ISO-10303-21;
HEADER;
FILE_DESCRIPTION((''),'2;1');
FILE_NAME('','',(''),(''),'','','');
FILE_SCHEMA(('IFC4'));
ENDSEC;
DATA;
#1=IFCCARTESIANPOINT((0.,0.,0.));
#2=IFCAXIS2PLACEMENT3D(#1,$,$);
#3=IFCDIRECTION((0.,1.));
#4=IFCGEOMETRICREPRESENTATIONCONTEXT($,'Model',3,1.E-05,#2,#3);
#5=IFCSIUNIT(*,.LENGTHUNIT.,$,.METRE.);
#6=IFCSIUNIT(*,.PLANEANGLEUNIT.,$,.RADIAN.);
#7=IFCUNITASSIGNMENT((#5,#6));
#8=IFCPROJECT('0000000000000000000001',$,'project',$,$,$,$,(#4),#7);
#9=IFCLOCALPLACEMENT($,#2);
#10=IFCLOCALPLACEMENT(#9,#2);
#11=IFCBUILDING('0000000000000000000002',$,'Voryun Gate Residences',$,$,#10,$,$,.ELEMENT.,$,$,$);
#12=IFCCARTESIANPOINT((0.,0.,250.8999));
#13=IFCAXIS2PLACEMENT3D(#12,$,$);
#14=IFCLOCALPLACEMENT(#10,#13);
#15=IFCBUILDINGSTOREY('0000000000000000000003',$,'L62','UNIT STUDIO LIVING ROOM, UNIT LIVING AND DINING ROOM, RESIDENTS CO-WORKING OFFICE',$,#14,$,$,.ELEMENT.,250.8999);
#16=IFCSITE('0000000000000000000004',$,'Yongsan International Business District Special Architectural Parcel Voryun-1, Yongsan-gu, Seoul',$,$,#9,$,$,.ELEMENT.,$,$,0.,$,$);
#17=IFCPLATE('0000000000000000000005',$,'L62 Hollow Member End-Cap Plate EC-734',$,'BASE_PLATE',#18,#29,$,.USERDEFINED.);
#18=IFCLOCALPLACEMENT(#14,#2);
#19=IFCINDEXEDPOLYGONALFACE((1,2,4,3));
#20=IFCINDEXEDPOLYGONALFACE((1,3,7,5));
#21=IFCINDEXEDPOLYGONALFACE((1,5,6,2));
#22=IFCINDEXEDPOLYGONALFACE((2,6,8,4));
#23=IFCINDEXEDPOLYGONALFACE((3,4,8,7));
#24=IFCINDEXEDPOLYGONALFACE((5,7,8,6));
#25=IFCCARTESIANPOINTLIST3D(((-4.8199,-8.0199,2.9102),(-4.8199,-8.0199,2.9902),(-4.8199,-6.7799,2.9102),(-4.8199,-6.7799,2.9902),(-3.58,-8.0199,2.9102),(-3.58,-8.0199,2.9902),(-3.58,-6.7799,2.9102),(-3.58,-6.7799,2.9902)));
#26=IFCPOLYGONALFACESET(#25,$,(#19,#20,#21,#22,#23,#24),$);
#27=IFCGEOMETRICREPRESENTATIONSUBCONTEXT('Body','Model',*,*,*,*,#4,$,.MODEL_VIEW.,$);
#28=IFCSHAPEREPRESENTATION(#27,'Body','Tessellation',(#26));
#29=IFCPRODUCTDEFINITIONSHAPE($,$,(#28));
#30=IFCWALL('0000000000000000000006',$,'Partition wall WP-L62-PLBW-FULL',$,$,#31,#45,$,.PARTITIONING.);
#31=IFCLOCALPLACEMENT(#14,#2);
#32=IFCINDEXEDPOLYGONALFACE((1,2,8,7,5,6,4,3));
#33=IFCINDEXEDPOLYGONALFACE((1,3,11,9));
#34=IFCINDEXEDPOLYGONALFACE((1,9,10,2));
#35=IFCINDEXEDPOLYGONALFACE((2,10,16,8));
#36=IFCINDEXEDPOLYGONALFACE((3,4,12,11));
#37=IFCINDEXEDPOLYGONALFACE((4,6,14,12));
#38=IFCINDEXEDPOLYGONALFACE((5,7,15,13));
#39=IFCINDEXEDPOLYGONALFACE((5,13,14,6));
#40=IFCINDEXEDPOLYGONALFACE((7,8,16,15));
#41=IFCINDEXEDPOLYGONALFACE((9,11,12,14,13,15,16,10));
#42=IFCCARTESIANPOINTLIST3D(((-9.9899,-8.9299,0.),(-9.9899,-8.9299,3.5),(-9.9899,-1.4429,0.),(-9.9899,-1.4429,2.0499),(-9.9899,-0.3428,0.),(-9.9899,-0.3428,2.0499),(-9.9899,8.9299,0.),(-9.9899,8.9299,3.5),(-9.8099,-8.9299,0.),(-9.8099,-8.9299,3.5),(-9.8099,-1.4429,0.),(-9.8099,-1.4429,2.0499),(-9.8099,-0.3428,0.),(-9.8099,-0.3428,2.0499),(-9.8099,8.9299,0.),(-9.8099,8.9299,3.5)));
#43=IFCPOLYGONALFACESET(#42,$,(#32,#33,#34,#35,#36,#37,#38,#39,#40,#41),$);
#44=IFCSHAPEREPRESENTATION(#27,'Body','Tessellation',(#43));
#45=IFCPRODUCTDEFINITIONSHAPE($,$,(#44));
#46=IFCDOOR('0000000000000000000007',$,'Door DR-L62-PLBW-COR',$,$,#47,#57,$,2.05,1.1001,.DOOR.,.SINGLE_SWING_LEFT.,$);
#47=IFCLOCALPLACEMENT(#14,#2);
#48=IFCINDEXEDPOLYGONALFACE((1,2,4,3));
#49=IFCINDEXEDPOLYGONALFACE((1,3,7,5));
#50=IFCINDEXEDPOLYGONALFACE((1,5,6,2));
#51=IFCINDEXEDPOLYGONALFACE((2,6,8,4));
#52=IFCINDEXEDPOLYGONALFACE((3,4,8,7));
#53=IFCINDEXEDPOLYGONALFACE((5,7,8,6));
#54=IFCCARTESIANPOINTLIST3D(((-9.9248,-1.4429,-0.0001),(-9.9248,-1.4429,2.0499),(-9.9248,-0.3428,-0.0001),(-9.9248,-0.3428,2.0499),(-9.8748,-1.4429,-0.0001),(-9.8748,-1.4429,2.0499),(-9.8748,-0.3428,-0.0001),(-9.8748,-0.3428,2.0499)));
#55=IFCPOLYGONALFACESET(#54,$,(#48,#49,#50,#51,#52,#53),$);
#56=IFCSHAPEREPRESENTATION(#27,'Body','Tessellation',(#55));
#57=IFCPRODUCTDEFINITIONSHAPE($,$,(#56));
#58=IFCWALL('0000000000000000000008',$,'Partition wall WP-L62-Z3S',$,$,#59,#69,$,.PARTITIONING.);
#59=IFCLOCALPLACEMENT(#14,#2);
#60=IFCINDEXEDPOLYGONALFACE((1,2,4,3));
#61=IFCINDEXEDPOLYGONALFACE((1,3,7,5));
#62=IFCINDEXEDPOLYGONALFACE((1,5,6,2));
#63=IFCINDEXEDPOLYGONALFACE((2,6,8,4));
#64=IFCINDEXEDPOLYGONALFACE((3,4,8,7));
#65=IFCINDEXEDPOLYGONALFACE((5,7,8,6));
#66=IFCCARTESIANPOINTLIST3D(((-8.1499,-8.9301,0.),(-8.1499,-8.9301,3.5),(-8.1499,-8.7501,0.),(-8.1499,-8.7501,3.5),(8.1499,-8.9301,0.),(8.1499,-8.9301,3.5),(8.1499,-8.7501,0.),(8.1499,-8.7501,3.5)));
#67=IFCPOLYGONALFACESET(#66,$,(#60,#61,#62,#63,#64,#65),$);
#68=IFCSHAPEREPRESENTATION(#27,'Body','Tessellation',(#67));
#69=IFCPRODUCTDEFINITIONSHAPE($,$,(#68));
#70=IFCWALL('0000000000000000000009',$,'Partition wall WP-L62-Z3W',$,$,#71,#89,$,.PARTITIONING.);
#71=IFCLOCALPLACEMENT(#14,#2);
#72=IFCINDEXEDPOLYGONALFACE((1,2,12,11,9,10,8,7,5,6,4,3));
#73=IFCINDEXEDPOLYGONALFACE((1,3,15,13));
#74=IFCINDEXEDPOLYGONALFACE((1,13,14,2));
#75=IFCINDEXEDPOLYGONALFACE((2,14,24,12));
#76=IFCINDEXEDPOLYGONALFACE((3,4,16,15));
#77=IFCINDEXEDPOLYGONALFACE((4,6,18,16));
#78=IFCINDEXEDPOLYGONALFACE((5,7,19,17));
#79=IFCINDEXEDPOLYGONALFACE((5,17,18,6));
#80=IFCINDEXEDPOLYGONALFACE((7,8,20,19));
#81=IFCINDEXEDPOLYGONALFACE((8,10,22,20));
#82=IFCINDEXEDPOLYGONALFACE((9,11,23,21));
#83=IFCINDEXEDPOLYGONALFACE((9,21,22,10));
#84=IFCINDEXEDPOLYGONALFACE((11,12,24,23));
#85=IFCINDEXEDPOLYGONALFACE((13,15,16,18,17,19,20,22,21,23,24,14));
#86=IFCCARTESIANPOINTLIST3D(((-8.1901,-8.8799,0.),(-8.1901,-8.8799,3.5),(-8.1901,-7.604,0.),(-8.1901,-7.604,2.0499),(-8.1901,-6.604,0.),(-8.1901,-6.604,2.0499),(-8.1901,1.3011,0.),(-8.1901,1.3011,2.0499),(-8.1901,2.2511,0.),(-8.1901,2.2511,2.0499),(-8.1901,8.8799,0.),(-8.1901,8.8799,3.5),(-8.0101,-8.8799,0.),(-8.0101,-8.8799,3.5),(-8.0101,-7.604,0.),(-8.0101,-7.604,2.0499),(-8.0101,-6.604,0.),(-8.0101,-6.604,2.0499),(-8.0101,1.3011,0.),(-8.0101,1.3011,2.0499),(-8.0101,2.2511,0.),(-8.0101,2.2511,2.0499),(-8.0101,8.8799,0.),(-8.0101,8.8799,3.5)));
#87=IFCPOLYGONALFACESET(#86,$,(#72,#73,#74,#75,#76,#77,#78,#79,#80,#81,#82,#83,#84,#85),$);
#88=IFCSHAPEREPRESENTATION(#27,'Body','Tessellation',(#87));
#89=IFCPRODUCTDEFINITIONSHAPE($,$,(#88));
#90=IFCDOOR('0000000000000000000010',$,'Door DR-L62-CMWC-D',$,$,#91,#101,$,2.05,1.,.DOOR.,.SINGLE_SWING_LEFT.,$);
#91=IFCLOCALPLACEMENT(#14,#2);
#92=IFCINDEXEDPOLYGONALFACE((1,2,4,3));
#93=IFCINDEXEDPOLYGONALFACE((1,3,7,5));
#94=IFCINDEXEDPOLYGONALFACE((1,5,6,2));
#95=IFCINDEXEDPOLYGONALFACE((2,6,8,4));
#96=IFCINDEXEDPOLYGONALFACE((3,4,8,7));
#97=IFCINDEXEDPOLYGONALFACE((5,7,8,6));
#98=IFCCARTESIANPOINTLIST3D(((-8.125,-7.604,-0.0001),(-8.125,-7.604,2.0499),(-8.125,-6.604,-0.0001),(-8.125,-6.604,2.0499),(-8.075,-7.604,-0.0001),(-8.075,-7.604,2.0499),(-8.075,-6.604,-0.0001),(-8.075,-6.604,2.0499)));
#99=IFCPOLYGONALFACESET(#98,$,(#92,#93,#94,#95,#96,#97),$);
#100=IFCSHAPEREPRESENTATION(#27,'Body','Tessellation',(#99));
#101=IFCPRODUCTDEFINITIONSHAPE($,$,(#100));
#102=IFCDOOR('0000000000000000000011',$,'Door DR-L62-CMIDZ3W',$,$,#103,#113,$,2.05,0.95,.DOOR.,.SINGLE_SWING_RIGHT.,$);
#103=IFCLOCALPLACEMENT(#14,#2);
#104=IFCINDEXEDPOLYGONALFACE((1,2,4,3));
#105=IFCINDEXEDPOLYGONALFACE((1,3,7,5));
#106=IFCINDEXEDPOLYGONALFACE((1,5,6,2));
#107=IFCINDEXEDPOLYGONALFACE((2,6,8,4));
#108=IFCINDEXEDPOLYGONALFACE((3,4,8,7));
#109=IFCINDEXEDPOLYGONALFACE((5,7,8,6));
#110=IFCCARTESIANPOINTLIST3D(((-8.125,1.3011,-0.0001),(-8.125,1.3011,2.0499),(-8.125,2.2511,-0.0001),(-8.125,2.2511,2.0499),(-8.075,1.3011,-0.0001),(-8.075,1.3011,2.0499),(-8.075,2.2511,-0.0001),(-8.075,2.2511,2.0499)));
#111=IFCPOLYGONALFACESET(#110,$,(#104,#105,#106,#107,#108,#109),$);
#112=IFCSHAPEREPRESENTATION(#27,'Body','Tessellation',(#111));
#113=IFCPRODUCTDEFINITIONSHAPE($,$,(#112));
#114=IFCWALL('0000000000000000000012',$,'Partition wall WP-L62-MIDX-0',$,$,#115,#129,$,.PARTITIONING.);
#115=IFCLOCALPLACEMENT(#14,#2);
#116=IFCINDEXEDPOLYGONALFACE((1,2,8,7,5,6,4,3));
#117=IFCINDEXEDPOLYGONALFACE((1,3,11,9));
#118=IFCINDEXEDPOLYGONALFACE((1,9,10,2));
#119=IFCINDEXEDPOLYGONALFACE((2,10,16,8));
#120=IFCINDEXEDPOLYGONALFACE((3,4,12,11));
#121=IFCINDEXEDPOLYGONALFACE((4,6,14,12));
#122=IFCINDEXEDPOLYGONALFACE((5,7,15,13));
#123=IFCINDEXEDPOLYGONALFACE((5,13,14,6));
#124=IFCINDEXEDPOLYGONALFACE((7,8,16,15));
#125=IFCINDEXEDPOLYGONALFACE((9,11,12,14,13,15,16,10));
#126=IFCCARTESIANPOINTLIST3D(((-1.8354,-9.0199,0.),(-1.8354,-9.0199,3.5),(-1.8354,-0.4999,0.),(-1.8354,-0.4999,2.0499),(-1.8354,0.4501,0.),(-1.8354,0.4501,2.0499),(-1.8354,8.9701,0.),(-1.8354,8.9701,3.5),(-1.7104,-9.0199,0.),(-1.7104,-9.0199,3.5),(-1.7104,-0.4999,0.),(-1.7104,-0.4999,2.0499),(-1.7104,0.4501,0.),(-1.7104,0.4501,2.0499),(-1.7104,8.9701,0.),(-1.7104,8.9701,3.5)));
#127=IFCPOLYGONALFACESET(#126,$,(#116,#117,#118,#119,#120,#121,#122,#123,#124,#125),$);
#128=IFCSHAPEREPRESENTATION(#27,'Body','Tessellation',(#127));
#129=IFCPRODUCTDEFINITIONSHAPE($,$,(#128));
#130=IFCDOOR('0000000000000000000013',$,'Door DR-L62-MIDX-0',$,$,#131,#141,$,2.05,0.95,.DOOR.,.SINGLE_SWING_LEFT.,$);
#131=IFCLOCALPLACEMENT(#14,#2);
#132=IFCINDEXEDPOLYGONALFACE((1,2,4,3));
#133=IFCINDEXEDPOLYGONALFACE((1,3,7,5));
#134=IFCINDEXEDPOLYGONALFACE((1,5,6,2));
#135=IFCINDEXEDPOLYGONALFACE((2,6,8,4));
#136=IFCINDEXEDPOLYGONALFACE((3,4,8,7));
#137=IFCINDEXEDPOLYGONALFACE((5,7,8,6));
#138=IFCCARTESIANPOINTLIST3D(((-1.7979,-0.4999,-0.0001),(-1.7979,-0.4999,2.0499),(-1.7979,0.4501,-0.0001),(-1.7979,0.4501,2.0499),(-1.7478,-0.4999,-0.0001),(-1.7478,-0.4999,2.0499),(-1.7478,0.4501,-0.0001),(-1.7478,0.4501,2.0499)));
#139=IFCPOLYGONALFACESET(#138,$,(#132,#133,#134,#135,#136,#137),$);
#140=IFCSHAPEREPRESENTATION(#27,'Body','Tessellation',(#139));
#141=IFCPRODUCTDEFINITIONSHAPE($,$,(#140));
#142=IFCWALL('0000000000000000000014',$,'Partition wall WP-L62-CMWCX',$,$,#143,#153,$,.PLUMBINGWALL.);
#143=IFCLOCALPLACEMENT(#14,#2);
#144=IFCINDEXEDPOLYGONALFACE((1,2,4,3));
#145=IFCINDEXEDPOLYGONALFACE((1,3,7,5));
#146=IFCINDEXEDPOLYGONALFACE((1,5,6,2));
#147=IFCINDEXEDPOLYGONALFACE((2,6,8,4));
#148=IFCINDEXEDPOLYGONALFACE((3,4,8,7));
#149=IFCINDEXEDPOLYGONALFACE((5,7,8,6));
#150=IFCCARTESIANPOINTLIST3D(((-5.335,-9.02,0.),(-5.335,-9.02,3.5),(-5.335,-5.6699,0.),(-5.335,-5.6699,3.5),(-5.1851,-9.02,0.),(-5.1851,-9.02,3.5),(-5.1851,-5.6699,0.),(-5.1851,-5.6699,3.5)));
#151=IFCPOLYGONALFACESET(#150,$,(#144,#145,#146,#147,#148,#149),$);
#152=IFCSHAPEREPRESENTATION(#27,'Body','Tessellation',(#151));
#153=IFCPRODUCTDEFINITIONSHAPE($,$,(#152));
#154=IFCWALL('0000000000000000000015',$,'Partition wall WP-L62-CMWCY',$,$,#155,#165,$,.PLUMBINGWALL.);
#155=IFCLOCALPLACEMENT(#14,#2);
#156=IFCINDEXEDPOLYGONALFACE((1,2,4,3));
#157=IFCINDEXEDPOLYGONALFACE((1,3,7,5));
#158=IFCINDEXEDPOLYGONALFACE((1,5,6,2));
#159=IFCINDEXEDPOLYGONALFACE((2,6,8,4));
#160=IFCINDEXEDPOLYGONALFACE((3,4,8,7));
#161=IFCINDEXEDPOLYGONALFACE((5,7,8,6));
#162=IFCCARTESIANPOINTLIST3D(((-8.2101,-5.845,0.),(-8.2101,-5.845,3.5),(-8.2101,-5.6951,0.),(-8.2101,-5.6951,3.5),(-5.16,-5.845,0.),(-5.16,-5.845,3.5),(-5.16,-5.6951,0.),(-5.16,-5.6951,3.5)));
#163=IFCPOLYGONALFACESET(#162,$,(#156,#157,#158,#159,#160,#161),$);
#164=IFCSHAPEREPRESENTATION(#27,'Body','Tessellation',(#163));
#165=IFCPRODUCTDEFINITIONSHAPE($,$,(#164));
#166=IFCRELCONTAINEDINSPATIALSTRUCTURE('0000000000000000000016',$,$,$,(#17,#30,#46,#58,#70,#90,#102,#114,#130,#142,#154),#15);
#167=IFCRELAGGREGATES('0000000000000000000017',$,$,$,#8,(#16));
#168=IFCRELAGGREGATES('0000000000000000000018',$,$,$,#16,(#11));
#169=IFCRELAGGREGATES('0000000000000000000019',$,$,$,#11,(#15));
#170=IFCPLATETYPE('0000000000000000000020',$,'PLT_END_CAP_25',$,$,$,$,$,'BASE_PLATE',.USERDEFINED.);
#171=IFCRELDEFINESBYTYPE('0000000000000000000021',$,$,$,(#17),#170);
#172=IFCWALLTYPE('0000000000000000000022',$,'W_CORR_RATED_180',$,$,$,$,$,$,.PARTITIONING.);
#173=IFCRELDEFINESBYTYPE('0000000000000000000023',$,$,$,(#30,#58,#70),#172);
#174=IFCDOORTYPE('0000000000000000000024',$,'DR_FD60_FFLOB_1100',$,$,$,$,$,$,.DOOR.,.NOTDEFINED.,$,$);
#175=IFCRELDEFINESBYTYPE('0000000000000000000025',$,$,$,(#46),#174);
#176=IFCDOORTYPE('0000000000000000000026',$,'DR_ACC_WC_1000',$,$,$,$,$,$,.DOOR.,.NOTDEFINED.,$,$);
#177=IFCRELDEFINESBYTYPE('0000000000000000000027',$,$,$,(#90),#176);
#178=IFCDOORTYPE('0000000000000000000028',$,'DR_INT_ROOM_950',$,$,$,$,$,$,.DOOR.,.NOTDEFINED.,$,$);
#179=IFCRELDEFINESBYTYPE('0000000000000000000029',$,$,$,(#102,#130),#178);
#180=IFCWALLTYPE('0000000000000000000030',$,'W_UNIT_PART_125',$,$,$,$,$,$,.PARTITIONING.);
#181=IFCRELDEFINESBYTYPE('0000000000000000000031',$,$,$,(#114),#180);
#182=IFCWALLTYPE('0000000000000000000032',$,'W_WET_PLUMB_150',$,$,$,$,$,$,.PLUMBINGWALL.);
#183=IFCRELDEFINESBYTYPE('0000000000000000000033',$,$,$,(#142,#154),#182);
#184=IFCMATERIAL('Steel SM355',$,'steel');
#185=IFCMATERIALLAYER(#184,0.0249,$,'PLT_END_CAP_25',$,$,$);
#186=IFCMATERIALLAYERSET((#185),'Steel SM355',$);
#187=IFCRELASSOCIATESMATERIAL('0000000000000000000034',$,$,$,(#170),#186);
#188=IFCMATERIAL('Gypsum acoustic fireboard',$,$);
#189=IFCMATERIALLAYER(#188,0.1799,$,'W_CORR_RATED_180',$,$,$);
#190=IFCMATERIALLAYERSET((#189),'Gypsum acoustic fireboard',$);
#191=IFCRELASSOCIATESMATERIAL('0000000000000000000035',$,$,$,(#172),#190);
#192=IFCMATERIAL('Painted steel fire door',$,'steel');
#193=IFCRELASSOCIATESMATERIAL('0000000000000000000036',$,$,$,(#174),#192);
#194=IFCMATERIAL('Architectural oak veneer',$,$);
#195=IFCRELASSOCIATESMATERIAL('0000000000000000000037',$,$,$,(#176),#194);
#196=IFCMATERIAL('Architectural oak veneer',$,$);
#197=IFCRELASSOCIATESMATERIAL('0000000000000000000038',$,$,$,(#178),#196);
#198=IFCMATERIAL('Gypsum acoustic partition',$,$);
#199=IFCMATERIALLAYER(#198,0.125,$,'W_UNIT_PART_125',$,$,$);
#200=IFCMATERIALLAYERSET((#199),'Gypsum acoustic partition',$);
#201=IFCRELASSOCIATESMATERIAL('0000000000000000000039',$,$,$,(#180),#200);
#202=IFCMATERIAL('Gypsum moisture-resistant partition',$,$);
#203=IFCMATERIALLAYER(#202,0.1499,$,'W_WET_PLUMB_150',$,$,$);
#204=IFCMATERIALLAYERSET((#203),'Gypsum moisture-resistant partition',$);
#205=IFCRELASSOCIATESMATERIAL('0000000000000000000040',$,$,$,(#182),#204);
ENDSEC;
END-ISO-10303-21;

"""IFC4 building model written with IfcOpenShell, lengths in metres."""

from ifc_helpers import new_model, si_unit, direction, frame, frame_2d, origin, origin_2d, place, context, subcontext, project, spatial, rectangle, extrude, material, layer, layer_set, type_object, element, fill, save


model = new_model("IFC4")

# Units and contexts
model_context = context("Model", 3, precision=1e-05, world=origin(), true_north=direction((0.0, 1.0)))
body_context = subcontext(model_context, "Body", "Model", "MODEL_VIEW")
ifc_project = project(units=[si_unit("LENGTHUNIT", "METRE"), si_unit("PLANEANGLEUNIT", "RADIAN")], contexts=[model_context])

# Site, building, storey
site_placement = place(None, origin())
site = spatial("IfcSite", under=ifc_project, at=site_placement, Name="Yongsan International Business District Special Architectural Parcel Voryun-1, Yongsan-gu, Seoul", CompositionType="ELEMENT", RefElevation=0.0)
building_placement = place(site_placement, origin())
building = spatial("IfcBuilding", under=site, at=building_placement, Name="Voryun Gate Residences", CompositionType="ELEMENT")
storey_placement = place(building_placement, frame((0.0, 0.0, 250.8999)))
storey = spatial("IfcBuildingStorey", under=building, at=storey_placement, Name="L62", Description="UNIT STUDIO LIVING ROOM, UNIT LIVING AND DINING ROOM, RESIDENTS CO-WORKING OFFICE", CompositionType="ELEMENT", Elevation=250.8999)

# Plate
ifc_material_1 = material(Name="Steel SM355", Category="steel")
ifc_layer_1 = layer(ifc_material_1, 0.0249, Name="PLT_END_CAP_25")
ifc_layer_set_1 = layer_set([ifc_layer_1], Name="Steel SM355")
plate_type = type_object("IfcPlateType", Name="PLT_END_CAP_25", ElementType="BASE_PLATE", PredefinedType="USERDEFINED", material=ifc_layer_set_1)
plate_placement = place(storey_placement, frame((-4.2, -7.3999, 2.9102), z_axis=(0.0, 0.0, 1.0), x_axis=(1.0, 0.0, 0.0)))
element("IfcPlate", 1, at=plate_placement, inside=storey, type_object=plate_type, Name="L62 Hollow Member End-Cap Plate EC-734", ObjectType="BASE_PLATE", PredefinedType="USERDEFINED", context=body_context, shape_type="SweptSolid", body=[
    extrude(rectangle(XDim=1.24, YDim=1.24, at=origin_2d()), origin(), (0.0, 0.0, 1.0), 0.0801),
])

# Wall, opening, door
ifc_material_2 = material(Name="Gypsum acoustic fireboard")
ifc_layer_2 = layer(ifc_material_2, 0.1799, Name="W_CORR_RATED_180")
ifc_layer_set_2 = layer_set([ifc_layer_2], Name="Gypsum acoustic fireboard")
wall_type_1 = type_object("IfcWallType", Name="W_CORR_RATED_180", PredefinedType="PARTITIONING", material=ifc_layer_set_2)
wall_1_placement = place(storey_placement, frame((-9.8999, -8.9299, 0.0), z_axis=(0.0, 0.0, 1.0), x_axis=(0.0, 1.0, 0.0)))
wall_1 = element("IfcWall", 2, at=wall_1_placement, inside=storey, type_object=wall_type_1, Name="Partition wall WP-L62-PLBW-FULL", PredefinedType="PARTITIONING", context=body_context, shape_type="SweptSolid", body=[
    extrude(rectangle(XDim=17.8599, YDim=0.1799, at=frame_2d((8.9299, 0.0))), origin(), (0.0, 0.0, 1.0), 3.5),
])
opening_1_placement = place(wall_1_placement, frame((7.4871, 0.0, 0.0)))
opening_1 = element("IfcOpeningElement", 3, at=opening_1_placement, cuts=wall_1, PredefinedType="OPENING", context=body_context, shape_type="SweptSolid", body=[
    extrude(rectangle(XDim=1.1001, YDim=2.05, at=frame_2d((0.55, 1.0249))), frame((0.0, 0.0999, 0.0), z_axis=(0.0, -1.0, 0.0), x_axis=(1.0, 0.0, 0.0)), (0.0, 0.0, 1.0), 0.2),
])
ifc_material_3 = material(Name="Painted steel fire door", Category="steel")
door_type_1 = type_object("IfcDoorType", Name="DR_FD60_FFLOB_1100", OperationType="NOTDEFINED", PredefinedType="DOOR", material=ifc_material_3)
door_1_placement = place(opening_1_placement, origin())
door_1 = element("IfcDoor", 4, at=door_1_placement, inside=storey, type_object=door_type_1, Name="Door DR-L62-PLBW-COR", OperationType="SINGLE_SWING_LEFT", OverallHeight=2.05, OverallWidth=1.1001, PredefinedType="DOOR", context=body_context, shape_type="SweptSolid", body=[
    extrude(rectangle(XDim=1.1001, YDim=2.05, at=frame_2d((0.55, 1.0249))), frame((0.0, 0.0249, 0.0), z_axis=(0.0, -1.0, 0.0), x_axis=(1.0, 0.0, 0.0)), (0.0, 0.0, 1.0), 0.05),
])
fill(opening_1, door_1)

# Wall
wall_2_placement = place(storey_placement, frame((-8.1499, -8.8401, 0.0), z_axis=(0.0, 0.0, 1.0), x_axis=(1.0, 0.0, 0.0)))
element("IfcWall", 5, at=wall_2_placement, inside=storey, type_object=wall_type_1, Name="Partition wall WP-L62-Z3S", PredefinedType="PARTITIONING", context=body_context, shape_type="SweptSolid", body=[
    extrude(rectangle(XDim=16.2998, YDim=0.1799, at=frame_2d((8.1499, 0.0))), origin(), (0.0, 0.0, 1.0), 3.5),
])

# Wall, openings, doors
wall_3_placement = place(storey_placement, frame((-8.1001, -8.8799, 0.0), z_axis=(0.0, 0.0, 1.0), x_axis=(0.0, 1.0, 0.0)))
wall_3 = element("IfcWall", 6, at=wall_3_placement, inside=storey, type_object=wall_type_1, Name="Partition wall WP-L62-Z3W", PredefinedType="PARTITIONING", context=body_context, shape_type="SweptSolid", body=[
    extrude(rectangle(XDim=17.7598, YDim=0.1799, at=frame_2d((8.8799, 0.0))), origin(), (0.0, 0.0, 1.0), 3.5),
])
opening_2_placement = place(wall_3_placement, frame((1.2759, 0.0, 0.0)))
opening_2 = element("IfcOpeningElement", 7, at=opening_2_placement, cuts=wall_3, PredefinedType="OPENING", context=body_context, shape_type="SweptSolid", body=[
    extrude(rectangle(XDim=1.0, YDim=2.05, at=frame_2d((0.5, 1.0249))), frame((0.0, 0.0999, 0.0), z_axis=(0.0, -1.0, 0.0), x_axis=(1.0, 0.0, 0.0)), (0.0, 0.0, 1.0), 0.2),
])
opening_3_placement = place(wall_3_placement, frame((10.1809, 0.0, 0.0)))
opening_3 = element("IfcOpeningElement", 8, at=opening_3_placement, cuts=wall_3, PredefinedType="OPENING", context=body_context, shape_type="SweptSolid", body=[
    extrude(rectangle(XDim=0.95, YDim=2.05, at=frame_2d((0.4751, 1.0249))), frame((0.0, 0.0999, 0.0), z_axis=(0.0, -1.0, 0.0), x_axis=(1.0, 0.0, 0.0)), (0.0, 0.0, 1.0), 0.2),
])
ifc_material_4 = material(Name="Architectural oak veneer")
door_type_2 = type_object("IfcDoorType", Name="DR_ACC_WC_1000", OperationType="NOTDEFINED", PredefinedType="DOOR", material=ifc_material_4)
door_2_placement = place(opening_2_placement, origin())
door_2 = element("IfcDoor", 9, at=door_2_placement, inside=storey, type_object=door_type_2, Name="Door DR-L62-CMWC-D", OperationType="SINGLE_SWING_LEFT", OverallHeight=2.05, OverallWidth=1.0, PredefinedType="DOOR", context=body_context, shape_type="SweptSolid", body=[
    extrude(rectangle(XDim=1.0, YDim=2.05, at=frame_2d((0.5, 1.0249))), frame((0.0, 0.0249, 0.0), z_axis=(0.0, -1.0, 0.0), x_axis=(1.0, 0.0, 0.0)), (0.0, 0.0, 1.0), 0.05),
])
fill(opening_2, door_2)
ifc_material_5 = material(Name="Architectural oak veneer")
door_type_3 = type_object("IfcDoorType", Name="DR_INT_ROOM_950", OperationType="NOTDEFINED", PredefinedType="DOOR", material=ifc_material_5)
door_3_placement = place(opening_3_placement, origin())
door_3 = element("IfcDoor", 10, at=door_3_placement, inside=storey, type_object=door_type_3, Name="Door DR-L62-CMIDZ3W", OperationType="SINGLE_SWING_RIGHT", OverallHeight=2.05, OverallWidth=0.95, PredefinedType="DOOR", context=body_context, shape_type="SweptSolid", body=[
    extrude(rectangle(XDim=0.95, YDim=2.05, at=frame_2d((0.4751, 1.0249))), frame((0.0, 0.0249, 0.0), z_axis=(0.0, -1.0, 0.0), x_axis=(1.0, 0.0, 0.0)), (0.0, 0.0, 1.0), 0.05),
])
fill(opening_3, door_3)

# Wall, opening, door
ifc_material_6 = material(Name="Gypsum acoustic partition")
ifc_layer_3 = layer(ifc_material_6, 0.125, Name="W_UNIT_PART_125")
ifc_layer_set_3 = layer_set([ifc_layer_3], Name="Gypsum acoustic partition")
wall_type_2 = type_object("IfcWallType", Name="W_UNIT_PART_125", PredefinedType="PARTITIONING", material=ifc_layer_set_3)
wall_4_placement = place(storey_placement, frame((-1.7729, -9.02, 0.0), z_axis=(0.0, 0.0, 1.0), x_axis=(0.0, 1.0, 0.0)))
wall_4 = element("IfcWall", 11, at=wall_4_placement, inside=storey, type_object=wall_type_2, Name="Partition wall WP-L62-MIDX-0", PredefinedType="PARTITIONING", context=body_context, shape_type="SweptSolid", body=[
    extrude(rectangle(XDim=17.99, YDim=0.125, at=frame_2d((8.9951, 0.0))), origin(), (0.0, 0.0, 1.0), 3.5),
])
opening_4_placement = place(wall_4_placement, frame((8.52, 0.0, 0.0)))
opening_4 = element("IfcOpeningElement", 12, at=opening_4_placement, cuts=wall_4, PredefinedType="OPENING", context=body_context, shape_type="SweptSolid", body=[
    extrude(rectangle(XDim=0.95, YDim=2.05, at=frame_2d((0.4751, 1.0249))), frame((0.0, 0.0725, 0.0), z_axis=(0.0, -1.0, 0.0), x_axis=(1.0, 0.0, 0.0)), (0.0, 0.0, 1.0), 0.145),
])
door_4_placement = place(opening_4_placement, origin())
door_4 = element("IfcDoor", 13, at=door_4_placement, inside=storey, type_object=door_type_3, Name="Door DR-L62-MIDX-0", OperationType="SINGLE_SWING_LEFT", OverallHeight=2.05, OverallWidth=0.95, PredefinedType="DOOR", context=body_context, shape_type="SweptSolid", body=[
    extrude(rectangle(XDim=0.95, YDim=2.05, at=frame_2d((0.4751, 1.0249))), frame((0.0, 0.0249, 0.0), z_axis=(0.0, -1.0, 0.0), x_axis=(1.0, 0.0, 0.0)), (0.0, 0.0, 1.0), 0.05),
])
fill(opening_4, door_4)

# Walls
ifc_material_7 = material(Name="Gypsum moisture-resistant partition")
ifc_layer_4 = layer(ifc_material_7, 0.1499, Name="W_WET_PLUMB_150")
ifc_layer_set_4 = layer_set([ifc_layer_4], Name="Gypsum moisture-resistant partition")
wall_type_3 = type_object("IfcWallType", Name="W_WET_PLUMB_150", PredefinedType="PLUMBINGWALL", material=ifc_layer_set_4)
wall_5_placement = place(storey_placement, frame((-5.26, -9.02, 0.0), z_axis=(0.0, 0.0, 1.0), x_axis=(0.0, 1.0, 0.0)))
element("IfcWall", 14, at=wall_5_placement, inside=storey, type_object=wall_type_3, Name="Partition wall WP-L62-CMWCX", PredefinedType="PLUMBINGWALL", context=body_context, shape_type="SweptSolid", body=[
    extrude(rectangle(XDim=3.3501, YDim=0.1499, at=frame_2d((1.675, 0.0))), origin(), (0.0, 0.0, 1.0), 3.5),
])
wall_6_placement = place(storey_placement, frame((-8.21, -5.77, 0.0), z_axis=(0.0, 0.0, 1.0), x_axis=(1.0, 0.0, 0.0)))
element("IfcWall", 15, at=wall_6_placement, inside=storey, type_object=wall_type_3, Name="Partition wall WP-L62-CMWCY", PredefinedType="PLUMBINGWALL", context=body_context, shape_type="SweptSolid", body=[
    extrude(rectangle(XDim=3.05, YDim=0.1499, at=frame_2d((1.5249, 0.0))), origin(), (0.0, 0.0, 1.0), 3.5),
])

save(model, "model.ifc")
